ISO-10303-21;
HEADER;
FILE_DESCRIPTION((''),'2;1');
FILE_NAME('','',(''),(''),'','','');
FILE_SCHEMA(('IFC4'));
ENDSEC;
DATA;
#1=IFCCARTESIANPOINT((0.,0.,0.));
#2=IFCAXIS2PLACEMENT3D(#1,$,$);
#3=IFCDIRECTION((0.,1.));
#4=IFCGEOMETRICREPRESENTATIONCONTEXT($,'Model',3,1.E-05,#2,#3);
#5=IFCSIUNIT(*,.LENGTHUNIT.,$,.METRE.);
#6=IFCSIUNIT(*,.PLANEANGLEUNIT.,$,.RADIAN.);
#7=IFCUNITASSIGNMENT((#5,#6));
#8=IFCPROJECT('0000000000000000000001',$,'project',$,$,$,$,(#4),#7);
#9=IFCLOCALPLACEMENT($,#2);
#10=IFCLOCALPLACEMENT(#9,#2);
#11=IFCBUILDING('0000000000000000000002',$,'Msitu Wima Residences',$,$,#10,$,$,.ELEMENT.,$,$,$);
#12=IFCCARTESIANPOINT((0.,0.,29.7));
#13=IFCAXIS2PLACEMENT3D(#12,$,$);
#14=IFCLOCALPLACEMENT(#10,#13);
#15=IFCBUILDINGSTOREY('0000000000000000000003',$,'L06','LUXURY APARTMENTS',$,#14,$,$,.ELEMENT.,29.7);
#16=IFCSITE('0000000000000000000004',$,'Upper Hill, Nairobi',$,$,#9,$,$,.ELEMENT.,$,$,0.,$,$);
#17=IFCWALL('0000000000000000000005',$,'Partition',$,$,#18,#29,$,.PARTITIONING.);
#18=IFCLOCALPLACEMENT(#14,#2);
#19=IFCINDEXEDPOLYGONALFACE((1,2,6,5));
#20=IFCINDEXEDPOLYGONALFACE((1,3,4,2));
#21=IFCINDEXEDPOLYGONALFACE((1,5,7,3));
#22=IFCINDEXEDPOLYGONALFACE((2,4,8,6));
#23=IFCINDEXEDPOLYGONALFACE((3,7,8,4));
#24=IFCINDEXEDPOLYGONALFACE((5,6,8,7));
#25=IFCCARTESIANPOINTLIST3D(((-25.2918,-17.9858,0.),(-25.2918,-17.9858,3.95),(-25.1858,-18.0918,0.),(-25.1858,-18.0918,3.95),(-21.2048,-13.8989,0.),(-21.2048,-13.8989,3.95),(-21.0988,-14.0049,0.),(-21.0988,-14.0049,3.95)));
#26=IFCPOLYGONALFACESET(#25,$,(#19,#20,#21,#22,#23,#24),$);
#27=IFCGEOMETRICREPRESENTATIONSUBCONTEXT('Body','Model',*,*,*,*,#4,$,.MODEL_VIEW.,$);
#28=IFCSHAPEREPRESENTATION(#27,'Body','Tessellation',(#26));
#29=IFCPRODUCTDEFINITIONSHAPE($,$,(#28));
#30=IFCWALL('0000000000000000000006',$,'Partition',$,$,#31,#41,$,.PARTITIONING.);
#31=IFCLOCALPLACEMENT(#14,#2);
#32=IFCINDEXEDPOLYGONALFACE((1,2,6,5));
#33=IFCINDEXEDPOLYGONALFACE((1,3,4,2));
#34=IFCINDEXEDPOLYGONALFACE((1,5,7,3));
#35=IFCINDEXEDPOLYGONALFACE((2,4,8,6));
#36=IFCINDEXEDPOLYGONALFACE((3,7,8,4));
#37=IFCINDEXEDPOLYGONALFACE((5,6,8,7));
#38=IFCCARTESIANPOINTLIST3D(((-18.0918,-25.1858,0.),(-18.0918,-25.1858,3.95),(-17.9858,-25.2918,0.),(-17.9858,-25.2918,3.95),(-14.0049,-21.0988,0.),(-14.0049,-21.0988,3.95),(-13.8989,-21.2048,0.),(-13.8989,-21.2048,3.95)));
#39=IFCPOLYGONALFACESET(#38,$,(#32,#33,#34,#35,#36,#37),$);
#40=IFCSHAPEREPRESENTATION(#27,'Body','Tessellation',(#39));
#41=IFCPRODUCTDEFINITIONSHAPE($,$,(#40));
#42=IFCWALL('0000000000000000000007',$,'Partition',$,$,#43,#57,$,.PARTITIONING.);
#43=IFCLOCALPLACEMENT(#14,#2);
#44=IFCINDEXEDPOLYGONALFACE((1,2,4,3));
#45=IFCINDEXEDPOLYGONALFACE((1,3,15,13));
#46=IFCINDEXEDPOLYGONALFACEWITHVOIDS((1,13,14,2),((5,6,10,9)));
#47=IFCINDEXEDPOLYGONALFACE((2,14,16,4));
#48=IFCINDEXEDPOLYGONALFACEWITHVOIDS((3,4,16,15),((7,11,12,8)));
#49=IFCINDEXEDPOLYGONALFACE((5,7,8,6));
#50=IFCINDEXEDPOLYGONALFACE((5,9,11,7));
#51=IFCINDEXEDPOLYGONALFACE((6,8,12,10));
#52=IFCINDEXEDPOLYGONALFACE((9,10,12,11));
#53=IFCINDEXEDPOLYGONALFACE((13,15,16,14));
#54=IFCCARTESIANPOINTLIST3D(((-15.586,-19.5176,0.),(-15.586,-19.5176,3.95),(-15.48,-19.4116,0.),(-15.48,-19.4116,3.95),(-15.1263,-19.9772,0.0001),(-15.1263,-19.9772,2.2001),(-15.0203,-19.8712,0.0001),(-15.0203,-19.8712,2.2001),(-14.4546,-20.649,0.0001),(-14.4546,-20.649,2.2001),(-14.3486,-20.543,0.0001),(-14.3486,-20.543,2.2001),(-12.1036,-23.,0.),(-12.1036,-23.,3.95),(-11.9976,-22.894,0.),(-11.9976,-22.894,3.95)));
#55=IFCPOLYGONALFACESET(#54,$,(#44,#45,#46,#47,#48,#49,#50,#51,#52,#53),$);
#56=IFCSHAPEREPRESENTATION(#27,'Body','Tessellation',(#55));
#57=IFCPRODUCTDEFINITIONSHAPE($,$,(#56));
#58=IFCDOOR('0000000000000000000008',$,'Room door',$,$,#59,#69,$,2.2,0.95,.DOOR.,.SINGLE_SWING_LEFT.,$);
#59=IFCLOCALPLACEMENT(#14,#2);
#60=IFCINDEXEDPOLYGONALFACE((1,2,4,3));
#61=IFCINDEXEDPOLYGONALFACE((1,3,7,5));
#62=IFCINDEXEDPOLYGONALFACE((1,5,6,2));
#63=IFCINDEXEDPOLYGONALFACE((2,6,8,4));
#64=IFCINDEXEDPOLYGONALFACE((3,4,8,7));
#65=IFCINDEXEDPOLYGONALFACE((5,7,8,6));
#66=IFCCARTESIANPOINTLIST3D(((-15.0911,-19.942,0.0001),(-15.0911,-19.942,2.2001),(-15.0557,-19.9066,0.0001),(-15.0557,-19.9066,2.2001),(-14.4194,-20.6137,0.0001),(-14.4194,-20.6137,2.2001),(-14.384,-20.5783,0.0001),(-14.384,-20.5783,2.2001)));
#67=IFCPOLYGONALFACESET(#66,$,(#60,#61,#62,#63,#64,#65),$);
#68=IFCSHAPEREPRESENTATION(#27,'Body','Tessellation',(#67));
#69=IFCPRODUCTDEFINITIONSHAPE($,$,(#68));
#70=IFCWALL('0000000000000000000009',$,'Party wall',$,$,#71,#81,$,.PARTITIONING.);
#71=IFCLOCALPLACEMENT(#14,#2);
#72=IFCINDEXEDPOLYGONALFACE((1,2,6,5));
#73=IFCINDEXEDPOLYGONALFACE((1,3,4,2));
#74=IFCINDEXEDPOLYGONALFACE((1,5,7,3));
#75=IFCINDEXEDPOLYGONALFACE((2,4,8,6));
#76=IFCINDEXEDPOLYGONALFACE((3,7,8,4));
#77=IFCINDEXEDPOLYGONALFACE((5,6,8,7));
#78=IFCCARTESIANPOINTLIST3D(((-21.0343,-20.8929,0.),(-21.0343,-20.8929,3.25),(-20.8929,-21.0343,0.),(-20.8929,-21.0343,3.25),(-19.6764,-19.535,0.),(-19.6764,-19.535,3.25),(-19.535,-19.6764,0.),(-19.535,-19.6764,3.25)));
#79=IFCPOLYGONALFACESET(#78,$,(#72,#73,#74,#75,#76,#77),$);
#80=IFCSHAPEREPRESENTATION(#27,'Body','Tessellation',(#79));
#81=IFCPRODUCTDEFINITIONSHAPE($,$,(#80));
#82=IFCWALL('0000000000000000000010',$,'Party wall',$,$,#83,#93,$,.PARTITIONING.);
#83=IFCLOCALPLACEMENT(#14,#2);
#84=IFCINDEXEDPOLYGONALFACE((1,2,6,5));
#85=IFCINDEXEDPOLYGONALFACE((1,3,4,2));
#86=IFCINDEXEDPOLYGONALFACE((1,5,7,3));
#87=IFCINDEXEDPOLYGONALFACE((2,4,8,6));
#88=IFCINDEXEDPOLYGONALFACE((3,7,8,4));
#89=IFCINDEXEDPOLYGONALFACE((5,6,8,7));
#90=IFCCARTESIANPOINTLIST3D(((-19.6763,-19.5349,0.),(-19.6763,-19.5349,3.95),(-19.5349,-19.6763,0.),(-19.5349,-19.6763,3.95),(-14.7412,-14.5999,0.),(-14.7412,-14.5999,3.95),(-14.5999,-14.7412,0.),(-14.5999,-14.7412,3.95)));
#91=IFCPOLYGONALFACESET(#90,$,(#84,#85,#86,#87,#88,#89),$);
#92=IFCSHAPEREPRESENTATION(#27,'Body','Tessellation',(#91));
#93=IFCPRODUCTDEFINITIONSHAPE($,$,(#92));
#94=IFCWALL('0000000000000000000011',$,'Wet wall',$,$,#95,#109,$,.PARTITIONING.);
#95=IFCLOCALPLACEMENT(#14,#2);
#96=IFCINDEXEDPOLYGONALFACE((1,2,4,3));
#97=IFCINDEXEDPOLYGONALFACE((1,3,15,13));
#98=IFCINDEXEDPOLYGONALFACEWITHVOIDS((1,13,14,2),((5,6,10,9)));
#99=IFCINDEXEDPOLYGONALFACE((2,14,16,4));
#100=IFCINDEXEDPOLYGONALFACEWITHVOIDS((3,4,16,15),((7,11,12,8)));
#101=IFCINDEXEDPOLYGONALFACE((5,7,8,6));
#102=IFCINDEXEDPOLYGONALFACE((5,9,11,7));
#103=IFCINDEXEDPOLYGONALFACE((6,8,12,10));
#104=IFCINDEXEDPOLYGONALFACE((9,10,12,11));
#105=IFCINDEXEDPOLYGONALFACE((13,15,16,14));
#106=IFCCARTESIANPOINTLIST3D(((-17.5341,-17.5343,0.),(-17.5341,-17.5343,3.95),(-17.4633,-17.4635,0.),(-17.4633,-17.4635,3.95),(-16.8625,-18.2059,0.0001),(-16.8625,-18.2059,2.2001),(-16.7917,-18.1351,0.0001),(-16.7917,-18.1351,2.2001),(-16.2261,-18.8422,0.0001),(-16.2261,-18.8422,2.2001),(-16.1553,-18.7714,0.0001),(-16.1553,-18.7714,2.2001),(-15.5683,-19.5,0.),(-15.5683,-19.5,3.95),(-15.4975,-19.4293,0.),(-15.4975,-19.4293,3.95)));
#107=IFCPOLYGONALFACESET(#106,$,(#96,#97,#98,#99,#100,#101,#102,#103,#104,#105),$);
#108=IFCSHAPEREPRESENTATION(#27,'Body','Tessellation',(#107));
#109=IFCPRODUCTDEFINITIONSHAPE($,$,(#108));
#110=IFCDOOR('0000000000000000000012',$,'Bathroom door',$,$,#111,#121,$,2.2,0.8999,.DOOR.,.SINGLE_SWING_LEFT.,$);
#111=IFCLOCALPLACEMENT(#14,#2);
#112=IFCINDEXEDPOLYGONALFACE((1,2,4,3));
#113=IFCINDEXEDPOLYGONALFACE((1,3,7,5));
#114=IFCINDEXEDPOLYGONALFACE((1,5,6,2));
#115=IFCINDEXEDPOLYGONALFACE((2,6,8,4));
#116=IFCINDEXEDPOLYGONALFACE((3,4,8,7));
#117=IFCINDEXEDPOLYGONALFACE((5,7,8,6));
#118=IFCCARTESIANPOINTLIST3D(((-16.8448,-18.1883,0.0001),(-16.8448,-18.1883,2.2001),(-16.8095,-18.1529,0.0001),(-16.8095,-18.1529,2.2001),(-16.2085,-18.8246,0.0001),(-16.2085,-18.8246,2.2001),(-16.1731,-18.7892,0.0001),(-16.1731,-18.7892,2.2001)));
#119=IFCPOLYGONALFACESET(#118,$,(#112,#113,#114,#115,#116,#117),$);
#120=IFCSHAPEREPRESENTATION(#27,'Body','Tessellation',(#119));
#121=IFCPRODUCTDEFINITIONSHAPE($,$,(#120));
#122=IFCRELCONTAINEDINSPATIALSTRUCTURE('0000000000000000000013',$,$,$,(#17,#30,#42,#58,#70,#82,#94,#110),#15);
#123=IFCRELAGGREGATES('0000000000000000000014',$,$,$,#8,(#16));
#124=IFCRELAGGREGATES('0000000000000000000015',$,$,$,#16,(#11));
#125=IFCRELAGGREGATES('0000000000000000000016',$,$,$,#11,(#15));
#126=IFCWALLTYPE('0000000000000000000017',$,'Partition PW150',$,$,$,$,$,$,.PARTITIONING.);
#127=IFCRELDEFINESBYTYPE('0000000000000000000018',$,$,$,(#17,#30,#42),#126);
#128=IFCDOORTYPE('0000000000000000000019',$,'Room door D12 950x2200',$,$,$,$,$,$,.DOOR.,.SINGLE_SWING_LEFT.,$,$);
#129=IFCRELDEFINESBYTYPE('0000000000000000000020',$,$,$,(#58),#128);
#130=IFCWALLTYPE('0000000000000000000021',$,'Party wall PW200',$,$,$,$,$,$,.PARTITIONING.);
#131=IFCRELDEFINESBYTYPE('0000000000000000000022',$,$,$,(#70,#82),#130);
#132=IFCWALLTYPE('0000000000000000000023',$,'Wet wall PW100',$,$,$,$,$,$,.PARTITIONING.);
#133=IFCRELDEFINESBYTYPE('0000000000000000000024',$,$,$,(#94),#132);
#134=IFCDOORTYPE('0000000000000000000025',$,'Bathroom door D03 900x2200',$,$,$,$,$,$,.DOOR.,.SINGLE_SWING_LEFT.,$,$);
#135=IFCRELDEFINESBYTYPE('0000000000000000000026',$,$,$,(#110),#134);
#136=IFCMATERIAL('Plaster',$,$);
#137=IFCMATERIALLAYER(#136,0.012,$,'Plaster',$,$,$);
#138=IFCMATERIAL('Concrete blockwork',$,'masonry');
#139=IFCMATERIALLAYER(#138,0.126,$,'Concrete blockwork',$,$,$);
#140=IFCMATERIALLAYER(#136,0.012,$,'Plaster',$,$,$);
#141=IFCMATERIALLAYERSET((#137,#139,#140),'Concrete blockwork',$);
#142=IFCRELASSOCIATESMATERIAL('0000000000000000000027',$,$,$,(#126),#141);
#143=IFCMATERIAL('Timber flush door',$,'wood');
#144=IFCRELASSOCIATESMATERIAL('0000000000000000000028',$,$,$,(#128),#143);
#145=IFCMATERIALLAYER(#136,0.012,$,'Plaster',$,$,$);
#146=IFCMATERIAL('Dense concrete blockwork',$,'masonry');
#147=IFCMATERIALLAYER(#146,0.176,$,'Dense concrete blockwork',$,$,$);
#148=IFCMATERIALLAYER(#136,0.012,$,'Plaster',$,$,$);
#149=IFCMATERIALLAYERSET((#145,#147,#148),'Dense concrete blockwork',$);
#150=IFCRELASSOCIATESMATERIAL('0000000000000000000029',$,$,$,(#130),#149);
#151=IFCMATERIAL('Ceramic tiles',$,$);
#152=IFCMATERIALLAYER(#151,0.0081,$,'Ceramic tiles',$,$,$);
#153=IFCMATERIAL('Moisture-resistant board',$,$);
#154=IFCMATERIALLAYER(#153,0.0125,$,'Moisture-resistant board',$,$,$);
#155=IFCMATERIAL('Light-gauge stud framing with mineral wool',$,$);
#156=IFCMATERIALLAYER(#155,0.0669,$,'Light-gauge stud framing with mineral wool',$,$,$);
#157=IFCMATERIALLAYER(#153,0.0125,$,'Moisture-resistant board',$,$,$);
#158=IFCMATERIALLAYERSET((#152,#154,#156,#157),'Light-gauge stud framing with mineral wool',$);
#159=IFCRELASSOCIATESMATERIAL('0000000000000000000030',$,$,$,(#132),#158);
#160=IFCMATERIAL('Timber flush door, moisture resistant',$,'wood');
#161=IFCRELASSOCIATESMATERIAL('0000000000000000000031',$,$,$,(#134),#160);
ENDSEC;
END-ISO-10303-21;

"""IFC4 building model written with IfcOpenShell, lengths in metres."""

from ifc_helpers import new_model, si_unit, direction, frame, frame_2d, origin, place, context, subcontext, project, spatial, rectangle, extrude, material, layer, layer_set, type_object, element, fill, save


model = new_model("IFC4")

# Units and contexts
model_context = context("Model", 3, precision=1e-05, world=origin(), true_north=direction((0.0, 1.0)))
body_context = subcontext(model_context, "Body", "Model", "MODEL_VIEW")
ifc_project = project(units=[si_unit("LENGTHUNIT", "METRE"), si_unit("PLANEANGLEUNIT", "RADIAN")], contexts=[model_context])

# Site, building, storey
site_placement = place(None, origin())
site = spatial("IfcSite", under=ifc_project, at=site_placement, Name="Upper Hill, Nairobi", CompositionType="ELEMENT", RefElevation=0.0)
building_placement = place(site_placement, origin())
building = spatial("IfcBuilding", under=site, at=building_placement, Name="Msitu Wima Residences", CompositionType="ELEMENT")
storey_placement = place(building_placement, frame((0.0, 0.0, 29.7)))
storey = spatial("IfcBuildingStorey", under=building, at=storey_placement, Name="L06", Description="LUXURY APARTMENTS", CompositionType="ELEMENT", Elevation=29.7)

# Shared definitions
ifc_material_1 = material(Name="Plaster")
ifc_material_2 = material(Name="Concrete blockwork", Category="masonry")

# Walls
ifc_layer_1 = layer(ifc_material_1, 0.012, Name="Plaster")
ifc_layer_2 = layer(ifc_material_2, 0.126, Name="Concrete blockwork")
ifc_layer_3 = layer(ifc_material_1, 0.012, Name="Plaster")
ifc_layer_set_1 = layer_set([ifc_layer_1, ifc_layer_2, ifc_layer_3], Name="Concrete blockwork")
wall_type_1 = type_object("IfcWallType", Name="Partition PW150", PredefinedType="PARTITIONING", material=ifc_layer_set_1)
for number, where, z_axis, x_axis, name in (
    (1, (-25.2388, -18.0388, 0.0), (0.0, 0.0, 1.0), (0.707107, 0.707107, 0.0), "Partition"),
    (2, (-18.0388, -25.2388, 0.0), (0.0, 0.0, 1.0), (0.707107, 0.707107, 0.0), "Partition"),
):
    element("IfcWall", number, at=place(storey_placement, frame(where, z_axis=z_axis, x_axis=x_axis)), inside=storey, type_object=wall_type_1, Name=name, PredefinedType="PARTITIONING", context=body_context, shape_type="SweptSolid", body=[
        extrude(rectangle(XDim=5.7798, YDim=0.1499, at=frame_2d((2.8899, 0.0))), origin(), (0.0, 0.0, 1.0), 3.95),
    ])

# Wall, opening, door
wall_1_placement = place(storey_placement, frame((-15.533, -19.4646, 0.0), z_axis=(0.0, 0.0, 1.0), x_axis=(0.707107, -0.707107, 0.0)))
wall_1 = element("IfcWall", 3, at=wall_1_placement, inside=storey, type_object=wall_type_1, Name="Partition", PredefinedType="PARTITIONING", context=body_context, shape_type="SweptSolid", body=[
    extrude(rectangle(XDim=4.9248, YDim=0.1499, at=frame_2d((2.4624, 0.0))), origin(), (0.0, 0.0, 1.0), 3.95),
])
opening_1_placement = place(wall_1_placement, frame((0.6499, 0.0, 0.0)))
opening_1 = element("IfcOpeningElement", 4, at=opening_1_placement, cuts=wall_1, PredefinedType="OPENING", context=body_context, shape_type="SweptSolid", body=[
    extrude(rectangle(XDim=0.95, YDim=2.2, at=frame_2d((0.4751, 1.1001))), frame((0.0, 0.085, 0.0), z_axis=(0.0, -1.0, 0.0), x_axis=(1.0, 0.0, 0.0)), (0.0, 0.0, 1.0), 0.1699),
])
ifc_material_3 = material(Name="Timber flush door", Category="wood")
door_type_1 = type_object("IfcDoorType", Name="Room door D12 950x2200", OperationType="SINGLE_SWING_LEFT", PredefinedType="DOOR", material=ifc_material_3)
door_1_placement = place(opening_1_placement, origin())
door_1 = element("IfcDoor", 5, at=door_1_placement, inside=storey, type_object=door_type_1, Name="Room door", OperationType="SINGLE_SWING_LEFT", OverallHeight=2.2, OverallWidth=0.95, PredefinedType="DOOR", context=body_context, shape_type="SweptSolid", body=[
    extrude(rectangle(XDim=0.95, YDim=2.2, at=frame_2d((0.4751, 1.1001))), frame((0.0, 0.0249, 0.0), z_axis=(0.0, -1.0, 0.0), x_axis=(1.0, 0.0, 0.0)), (0.0, 0.0, 1.0), 0.05),
])
fill(opening_1, door_1)

# Walls
ifc_layer_4 = layer(ifc_material_1, 0.012, Name="Plaster")
ifc_material_4 = material(Name="Dense concrete blockwork", Category="masonry")
ifc_layer_5 = layer(ifc_material_4, 0.176, Name="Dense concrete blockwork")
ifc_layer_6 = layer(ifc_material_1, 0.012, Name="Plaster")
ifc_layer_set_2 = layer_set([ifc_layer_4, ifc_layer_5, ifc_layer_6], Name="Dense concrete blockwork")
wall_type_2 = type_object("IfcWallType", Name="Party wall PW200", PredefinedType="PARTITIONING", material=ifc_layer_set_2)
wall_2_placement = place(storey_placement, frame((-20.9636, -20.9636, 0.0), z_axis=(0.0, 0.0, 1.0), x_axis=(0.707107, 0.707107, 0.0)))
element("IfcWall", 6, at=wall_2_placement, inside=storey, type_object=wall_type_2, Name="Party wall", PredefinedType="PARTITIONING", context=body_context, shape_type="SweptSolid", body=[
    extrude(rectangle(XDim=1.9204, YDim=0.2, at=frame_2d((0.9602, 0.0))), origin(), (0.0, 0.0, 1.0), 3.25),
])
wall_3_placement = place(storey_placement, frame((-19.6057, -19.6057, 0.0), z_axis=(0.0, 0.0, 1.0), x_axis=(0.707107, 0.707107, 0.0)))
element("IfcWall", 7, at=wall_3_placement, inside=storey, type_object=wall_type_2, Name="Party wall", PredefinedType="PARTITIONING", context=body_context, shape_type="SweptSolid", body=[
    extrude(rectangle(XDim=6.9792, YDim=0.2, at=frame_2d((3.4897, 0.0))), origin(), (0.0, 0.0, 1.0), 3.95),
])

# Wall, opening, door
ifc_material_5 = material(Name="Ceramic tiles")
ifc_layer_7 = layer(ifc_material_5, 0.0081, Name="Ceramic tiles")
ifc_material_6 = material(Name="Moisture-resistant board")
ifc_layer_8 = layer(ifc_material_6, 0.0125, Name="Moisture-resistant board")
ifc_material_7 = material(Name="Light-gauge stud framing with mineral wool")
ifc_layer_9 = layer(ifc_material_7, 0.0669, Name="Light-gauge stud framing with mineral wool")
ifc_layer_10 = layer(ifc_material_6, 0.0125, Name="Moisture-resistant board")
ifc_layer_set_3 = layer_set([ifc_layer_7, ifc_layer_8, ifc_layer_9, ifc_layer_10], Name="Light-gauge stud framing with mineral wool")
wall_type_3 = type_object("IfcWallType", Name="Wet wall PW100", PredefinedType="PARTITIONING", material=ifc_layer_set_3)
wall_4_placement = place(storey_placement, frame((-17.4988, -17.4988, 0.0), z_axis=(0.0, 0.0, 1.0), x_axis=(0.707107, -0.707107, 0.0)))
wall_4 = element("IfcWall", 8, at=wall_4_placement, inside=storey, type_object=wall_type_3, Name="Wet wall", PredefinedType="PARTITIONING", context=body_context, shape_type="SweptSolid", body=[
    extrude(rectangle(XDim=2.78, YDim=0.1001, at=frame_2d((1.3901, 0.0))), origin(), (0.0, 0.0, 1.0), 3.95),
])
opening_2_placement = place(wall_4_placement, frame((0.95, 0.0, 0.0)))
opening_2 = element("IfcOpeningElement", 9, at=opening_2_placement, cuts=wall_4, PredefinedType="OPENING", context=body_context, shape_type="SweptSolid", body=[
    extrude(rectangle(XDim=0.8999, YDim=2.2, at=frame_2d((0.45, 1.1001))), frame((0.0, 0.0601, 0.0), z_axis=(0.0, -1.0, 0.0), x_axis=(1.0, 0.0, 0.0)), (0.0, 0.0, 1.0), 0.1201),
])
ifc_material_8 = material(Name="Timber flush door, moisture resistant", Category="wood")
door_type_2 = type_object("IfcDoorType", Name="Bathroom door D03 900x2200", OperationType="SINGLE_SWING_LEFT", PredefinedType="DOOR", material=ifc_material_8)
door_2_placement = place(opening_2_placement, origin())
door_2 = element("IfcDoor", 10, at=door_2_placement, inside=storey, type_object=door_type_2, Name="Bathroom door", OperationType="SINGLE_SWING_LEFT", OverallHeight=2.2, OverallWidth=0.8999, PredefinedType="DOOR", context=body_context, shape_type="SweptSolid", body=[
    extrude(rectangle(XDim=0.8999, YDim=2.2, at=frame_2d((0.45, 1.1001))), frame((0.0, 0.0249, 0.0), z_axis=(0.0, -1.0, 0.0), x_axis=(1.0, 0.0, 0.0)), (0.0, 0.0, 1.0), 0.05),
])
fill(opening_2, door_2)

save(model, "model.ifc")
